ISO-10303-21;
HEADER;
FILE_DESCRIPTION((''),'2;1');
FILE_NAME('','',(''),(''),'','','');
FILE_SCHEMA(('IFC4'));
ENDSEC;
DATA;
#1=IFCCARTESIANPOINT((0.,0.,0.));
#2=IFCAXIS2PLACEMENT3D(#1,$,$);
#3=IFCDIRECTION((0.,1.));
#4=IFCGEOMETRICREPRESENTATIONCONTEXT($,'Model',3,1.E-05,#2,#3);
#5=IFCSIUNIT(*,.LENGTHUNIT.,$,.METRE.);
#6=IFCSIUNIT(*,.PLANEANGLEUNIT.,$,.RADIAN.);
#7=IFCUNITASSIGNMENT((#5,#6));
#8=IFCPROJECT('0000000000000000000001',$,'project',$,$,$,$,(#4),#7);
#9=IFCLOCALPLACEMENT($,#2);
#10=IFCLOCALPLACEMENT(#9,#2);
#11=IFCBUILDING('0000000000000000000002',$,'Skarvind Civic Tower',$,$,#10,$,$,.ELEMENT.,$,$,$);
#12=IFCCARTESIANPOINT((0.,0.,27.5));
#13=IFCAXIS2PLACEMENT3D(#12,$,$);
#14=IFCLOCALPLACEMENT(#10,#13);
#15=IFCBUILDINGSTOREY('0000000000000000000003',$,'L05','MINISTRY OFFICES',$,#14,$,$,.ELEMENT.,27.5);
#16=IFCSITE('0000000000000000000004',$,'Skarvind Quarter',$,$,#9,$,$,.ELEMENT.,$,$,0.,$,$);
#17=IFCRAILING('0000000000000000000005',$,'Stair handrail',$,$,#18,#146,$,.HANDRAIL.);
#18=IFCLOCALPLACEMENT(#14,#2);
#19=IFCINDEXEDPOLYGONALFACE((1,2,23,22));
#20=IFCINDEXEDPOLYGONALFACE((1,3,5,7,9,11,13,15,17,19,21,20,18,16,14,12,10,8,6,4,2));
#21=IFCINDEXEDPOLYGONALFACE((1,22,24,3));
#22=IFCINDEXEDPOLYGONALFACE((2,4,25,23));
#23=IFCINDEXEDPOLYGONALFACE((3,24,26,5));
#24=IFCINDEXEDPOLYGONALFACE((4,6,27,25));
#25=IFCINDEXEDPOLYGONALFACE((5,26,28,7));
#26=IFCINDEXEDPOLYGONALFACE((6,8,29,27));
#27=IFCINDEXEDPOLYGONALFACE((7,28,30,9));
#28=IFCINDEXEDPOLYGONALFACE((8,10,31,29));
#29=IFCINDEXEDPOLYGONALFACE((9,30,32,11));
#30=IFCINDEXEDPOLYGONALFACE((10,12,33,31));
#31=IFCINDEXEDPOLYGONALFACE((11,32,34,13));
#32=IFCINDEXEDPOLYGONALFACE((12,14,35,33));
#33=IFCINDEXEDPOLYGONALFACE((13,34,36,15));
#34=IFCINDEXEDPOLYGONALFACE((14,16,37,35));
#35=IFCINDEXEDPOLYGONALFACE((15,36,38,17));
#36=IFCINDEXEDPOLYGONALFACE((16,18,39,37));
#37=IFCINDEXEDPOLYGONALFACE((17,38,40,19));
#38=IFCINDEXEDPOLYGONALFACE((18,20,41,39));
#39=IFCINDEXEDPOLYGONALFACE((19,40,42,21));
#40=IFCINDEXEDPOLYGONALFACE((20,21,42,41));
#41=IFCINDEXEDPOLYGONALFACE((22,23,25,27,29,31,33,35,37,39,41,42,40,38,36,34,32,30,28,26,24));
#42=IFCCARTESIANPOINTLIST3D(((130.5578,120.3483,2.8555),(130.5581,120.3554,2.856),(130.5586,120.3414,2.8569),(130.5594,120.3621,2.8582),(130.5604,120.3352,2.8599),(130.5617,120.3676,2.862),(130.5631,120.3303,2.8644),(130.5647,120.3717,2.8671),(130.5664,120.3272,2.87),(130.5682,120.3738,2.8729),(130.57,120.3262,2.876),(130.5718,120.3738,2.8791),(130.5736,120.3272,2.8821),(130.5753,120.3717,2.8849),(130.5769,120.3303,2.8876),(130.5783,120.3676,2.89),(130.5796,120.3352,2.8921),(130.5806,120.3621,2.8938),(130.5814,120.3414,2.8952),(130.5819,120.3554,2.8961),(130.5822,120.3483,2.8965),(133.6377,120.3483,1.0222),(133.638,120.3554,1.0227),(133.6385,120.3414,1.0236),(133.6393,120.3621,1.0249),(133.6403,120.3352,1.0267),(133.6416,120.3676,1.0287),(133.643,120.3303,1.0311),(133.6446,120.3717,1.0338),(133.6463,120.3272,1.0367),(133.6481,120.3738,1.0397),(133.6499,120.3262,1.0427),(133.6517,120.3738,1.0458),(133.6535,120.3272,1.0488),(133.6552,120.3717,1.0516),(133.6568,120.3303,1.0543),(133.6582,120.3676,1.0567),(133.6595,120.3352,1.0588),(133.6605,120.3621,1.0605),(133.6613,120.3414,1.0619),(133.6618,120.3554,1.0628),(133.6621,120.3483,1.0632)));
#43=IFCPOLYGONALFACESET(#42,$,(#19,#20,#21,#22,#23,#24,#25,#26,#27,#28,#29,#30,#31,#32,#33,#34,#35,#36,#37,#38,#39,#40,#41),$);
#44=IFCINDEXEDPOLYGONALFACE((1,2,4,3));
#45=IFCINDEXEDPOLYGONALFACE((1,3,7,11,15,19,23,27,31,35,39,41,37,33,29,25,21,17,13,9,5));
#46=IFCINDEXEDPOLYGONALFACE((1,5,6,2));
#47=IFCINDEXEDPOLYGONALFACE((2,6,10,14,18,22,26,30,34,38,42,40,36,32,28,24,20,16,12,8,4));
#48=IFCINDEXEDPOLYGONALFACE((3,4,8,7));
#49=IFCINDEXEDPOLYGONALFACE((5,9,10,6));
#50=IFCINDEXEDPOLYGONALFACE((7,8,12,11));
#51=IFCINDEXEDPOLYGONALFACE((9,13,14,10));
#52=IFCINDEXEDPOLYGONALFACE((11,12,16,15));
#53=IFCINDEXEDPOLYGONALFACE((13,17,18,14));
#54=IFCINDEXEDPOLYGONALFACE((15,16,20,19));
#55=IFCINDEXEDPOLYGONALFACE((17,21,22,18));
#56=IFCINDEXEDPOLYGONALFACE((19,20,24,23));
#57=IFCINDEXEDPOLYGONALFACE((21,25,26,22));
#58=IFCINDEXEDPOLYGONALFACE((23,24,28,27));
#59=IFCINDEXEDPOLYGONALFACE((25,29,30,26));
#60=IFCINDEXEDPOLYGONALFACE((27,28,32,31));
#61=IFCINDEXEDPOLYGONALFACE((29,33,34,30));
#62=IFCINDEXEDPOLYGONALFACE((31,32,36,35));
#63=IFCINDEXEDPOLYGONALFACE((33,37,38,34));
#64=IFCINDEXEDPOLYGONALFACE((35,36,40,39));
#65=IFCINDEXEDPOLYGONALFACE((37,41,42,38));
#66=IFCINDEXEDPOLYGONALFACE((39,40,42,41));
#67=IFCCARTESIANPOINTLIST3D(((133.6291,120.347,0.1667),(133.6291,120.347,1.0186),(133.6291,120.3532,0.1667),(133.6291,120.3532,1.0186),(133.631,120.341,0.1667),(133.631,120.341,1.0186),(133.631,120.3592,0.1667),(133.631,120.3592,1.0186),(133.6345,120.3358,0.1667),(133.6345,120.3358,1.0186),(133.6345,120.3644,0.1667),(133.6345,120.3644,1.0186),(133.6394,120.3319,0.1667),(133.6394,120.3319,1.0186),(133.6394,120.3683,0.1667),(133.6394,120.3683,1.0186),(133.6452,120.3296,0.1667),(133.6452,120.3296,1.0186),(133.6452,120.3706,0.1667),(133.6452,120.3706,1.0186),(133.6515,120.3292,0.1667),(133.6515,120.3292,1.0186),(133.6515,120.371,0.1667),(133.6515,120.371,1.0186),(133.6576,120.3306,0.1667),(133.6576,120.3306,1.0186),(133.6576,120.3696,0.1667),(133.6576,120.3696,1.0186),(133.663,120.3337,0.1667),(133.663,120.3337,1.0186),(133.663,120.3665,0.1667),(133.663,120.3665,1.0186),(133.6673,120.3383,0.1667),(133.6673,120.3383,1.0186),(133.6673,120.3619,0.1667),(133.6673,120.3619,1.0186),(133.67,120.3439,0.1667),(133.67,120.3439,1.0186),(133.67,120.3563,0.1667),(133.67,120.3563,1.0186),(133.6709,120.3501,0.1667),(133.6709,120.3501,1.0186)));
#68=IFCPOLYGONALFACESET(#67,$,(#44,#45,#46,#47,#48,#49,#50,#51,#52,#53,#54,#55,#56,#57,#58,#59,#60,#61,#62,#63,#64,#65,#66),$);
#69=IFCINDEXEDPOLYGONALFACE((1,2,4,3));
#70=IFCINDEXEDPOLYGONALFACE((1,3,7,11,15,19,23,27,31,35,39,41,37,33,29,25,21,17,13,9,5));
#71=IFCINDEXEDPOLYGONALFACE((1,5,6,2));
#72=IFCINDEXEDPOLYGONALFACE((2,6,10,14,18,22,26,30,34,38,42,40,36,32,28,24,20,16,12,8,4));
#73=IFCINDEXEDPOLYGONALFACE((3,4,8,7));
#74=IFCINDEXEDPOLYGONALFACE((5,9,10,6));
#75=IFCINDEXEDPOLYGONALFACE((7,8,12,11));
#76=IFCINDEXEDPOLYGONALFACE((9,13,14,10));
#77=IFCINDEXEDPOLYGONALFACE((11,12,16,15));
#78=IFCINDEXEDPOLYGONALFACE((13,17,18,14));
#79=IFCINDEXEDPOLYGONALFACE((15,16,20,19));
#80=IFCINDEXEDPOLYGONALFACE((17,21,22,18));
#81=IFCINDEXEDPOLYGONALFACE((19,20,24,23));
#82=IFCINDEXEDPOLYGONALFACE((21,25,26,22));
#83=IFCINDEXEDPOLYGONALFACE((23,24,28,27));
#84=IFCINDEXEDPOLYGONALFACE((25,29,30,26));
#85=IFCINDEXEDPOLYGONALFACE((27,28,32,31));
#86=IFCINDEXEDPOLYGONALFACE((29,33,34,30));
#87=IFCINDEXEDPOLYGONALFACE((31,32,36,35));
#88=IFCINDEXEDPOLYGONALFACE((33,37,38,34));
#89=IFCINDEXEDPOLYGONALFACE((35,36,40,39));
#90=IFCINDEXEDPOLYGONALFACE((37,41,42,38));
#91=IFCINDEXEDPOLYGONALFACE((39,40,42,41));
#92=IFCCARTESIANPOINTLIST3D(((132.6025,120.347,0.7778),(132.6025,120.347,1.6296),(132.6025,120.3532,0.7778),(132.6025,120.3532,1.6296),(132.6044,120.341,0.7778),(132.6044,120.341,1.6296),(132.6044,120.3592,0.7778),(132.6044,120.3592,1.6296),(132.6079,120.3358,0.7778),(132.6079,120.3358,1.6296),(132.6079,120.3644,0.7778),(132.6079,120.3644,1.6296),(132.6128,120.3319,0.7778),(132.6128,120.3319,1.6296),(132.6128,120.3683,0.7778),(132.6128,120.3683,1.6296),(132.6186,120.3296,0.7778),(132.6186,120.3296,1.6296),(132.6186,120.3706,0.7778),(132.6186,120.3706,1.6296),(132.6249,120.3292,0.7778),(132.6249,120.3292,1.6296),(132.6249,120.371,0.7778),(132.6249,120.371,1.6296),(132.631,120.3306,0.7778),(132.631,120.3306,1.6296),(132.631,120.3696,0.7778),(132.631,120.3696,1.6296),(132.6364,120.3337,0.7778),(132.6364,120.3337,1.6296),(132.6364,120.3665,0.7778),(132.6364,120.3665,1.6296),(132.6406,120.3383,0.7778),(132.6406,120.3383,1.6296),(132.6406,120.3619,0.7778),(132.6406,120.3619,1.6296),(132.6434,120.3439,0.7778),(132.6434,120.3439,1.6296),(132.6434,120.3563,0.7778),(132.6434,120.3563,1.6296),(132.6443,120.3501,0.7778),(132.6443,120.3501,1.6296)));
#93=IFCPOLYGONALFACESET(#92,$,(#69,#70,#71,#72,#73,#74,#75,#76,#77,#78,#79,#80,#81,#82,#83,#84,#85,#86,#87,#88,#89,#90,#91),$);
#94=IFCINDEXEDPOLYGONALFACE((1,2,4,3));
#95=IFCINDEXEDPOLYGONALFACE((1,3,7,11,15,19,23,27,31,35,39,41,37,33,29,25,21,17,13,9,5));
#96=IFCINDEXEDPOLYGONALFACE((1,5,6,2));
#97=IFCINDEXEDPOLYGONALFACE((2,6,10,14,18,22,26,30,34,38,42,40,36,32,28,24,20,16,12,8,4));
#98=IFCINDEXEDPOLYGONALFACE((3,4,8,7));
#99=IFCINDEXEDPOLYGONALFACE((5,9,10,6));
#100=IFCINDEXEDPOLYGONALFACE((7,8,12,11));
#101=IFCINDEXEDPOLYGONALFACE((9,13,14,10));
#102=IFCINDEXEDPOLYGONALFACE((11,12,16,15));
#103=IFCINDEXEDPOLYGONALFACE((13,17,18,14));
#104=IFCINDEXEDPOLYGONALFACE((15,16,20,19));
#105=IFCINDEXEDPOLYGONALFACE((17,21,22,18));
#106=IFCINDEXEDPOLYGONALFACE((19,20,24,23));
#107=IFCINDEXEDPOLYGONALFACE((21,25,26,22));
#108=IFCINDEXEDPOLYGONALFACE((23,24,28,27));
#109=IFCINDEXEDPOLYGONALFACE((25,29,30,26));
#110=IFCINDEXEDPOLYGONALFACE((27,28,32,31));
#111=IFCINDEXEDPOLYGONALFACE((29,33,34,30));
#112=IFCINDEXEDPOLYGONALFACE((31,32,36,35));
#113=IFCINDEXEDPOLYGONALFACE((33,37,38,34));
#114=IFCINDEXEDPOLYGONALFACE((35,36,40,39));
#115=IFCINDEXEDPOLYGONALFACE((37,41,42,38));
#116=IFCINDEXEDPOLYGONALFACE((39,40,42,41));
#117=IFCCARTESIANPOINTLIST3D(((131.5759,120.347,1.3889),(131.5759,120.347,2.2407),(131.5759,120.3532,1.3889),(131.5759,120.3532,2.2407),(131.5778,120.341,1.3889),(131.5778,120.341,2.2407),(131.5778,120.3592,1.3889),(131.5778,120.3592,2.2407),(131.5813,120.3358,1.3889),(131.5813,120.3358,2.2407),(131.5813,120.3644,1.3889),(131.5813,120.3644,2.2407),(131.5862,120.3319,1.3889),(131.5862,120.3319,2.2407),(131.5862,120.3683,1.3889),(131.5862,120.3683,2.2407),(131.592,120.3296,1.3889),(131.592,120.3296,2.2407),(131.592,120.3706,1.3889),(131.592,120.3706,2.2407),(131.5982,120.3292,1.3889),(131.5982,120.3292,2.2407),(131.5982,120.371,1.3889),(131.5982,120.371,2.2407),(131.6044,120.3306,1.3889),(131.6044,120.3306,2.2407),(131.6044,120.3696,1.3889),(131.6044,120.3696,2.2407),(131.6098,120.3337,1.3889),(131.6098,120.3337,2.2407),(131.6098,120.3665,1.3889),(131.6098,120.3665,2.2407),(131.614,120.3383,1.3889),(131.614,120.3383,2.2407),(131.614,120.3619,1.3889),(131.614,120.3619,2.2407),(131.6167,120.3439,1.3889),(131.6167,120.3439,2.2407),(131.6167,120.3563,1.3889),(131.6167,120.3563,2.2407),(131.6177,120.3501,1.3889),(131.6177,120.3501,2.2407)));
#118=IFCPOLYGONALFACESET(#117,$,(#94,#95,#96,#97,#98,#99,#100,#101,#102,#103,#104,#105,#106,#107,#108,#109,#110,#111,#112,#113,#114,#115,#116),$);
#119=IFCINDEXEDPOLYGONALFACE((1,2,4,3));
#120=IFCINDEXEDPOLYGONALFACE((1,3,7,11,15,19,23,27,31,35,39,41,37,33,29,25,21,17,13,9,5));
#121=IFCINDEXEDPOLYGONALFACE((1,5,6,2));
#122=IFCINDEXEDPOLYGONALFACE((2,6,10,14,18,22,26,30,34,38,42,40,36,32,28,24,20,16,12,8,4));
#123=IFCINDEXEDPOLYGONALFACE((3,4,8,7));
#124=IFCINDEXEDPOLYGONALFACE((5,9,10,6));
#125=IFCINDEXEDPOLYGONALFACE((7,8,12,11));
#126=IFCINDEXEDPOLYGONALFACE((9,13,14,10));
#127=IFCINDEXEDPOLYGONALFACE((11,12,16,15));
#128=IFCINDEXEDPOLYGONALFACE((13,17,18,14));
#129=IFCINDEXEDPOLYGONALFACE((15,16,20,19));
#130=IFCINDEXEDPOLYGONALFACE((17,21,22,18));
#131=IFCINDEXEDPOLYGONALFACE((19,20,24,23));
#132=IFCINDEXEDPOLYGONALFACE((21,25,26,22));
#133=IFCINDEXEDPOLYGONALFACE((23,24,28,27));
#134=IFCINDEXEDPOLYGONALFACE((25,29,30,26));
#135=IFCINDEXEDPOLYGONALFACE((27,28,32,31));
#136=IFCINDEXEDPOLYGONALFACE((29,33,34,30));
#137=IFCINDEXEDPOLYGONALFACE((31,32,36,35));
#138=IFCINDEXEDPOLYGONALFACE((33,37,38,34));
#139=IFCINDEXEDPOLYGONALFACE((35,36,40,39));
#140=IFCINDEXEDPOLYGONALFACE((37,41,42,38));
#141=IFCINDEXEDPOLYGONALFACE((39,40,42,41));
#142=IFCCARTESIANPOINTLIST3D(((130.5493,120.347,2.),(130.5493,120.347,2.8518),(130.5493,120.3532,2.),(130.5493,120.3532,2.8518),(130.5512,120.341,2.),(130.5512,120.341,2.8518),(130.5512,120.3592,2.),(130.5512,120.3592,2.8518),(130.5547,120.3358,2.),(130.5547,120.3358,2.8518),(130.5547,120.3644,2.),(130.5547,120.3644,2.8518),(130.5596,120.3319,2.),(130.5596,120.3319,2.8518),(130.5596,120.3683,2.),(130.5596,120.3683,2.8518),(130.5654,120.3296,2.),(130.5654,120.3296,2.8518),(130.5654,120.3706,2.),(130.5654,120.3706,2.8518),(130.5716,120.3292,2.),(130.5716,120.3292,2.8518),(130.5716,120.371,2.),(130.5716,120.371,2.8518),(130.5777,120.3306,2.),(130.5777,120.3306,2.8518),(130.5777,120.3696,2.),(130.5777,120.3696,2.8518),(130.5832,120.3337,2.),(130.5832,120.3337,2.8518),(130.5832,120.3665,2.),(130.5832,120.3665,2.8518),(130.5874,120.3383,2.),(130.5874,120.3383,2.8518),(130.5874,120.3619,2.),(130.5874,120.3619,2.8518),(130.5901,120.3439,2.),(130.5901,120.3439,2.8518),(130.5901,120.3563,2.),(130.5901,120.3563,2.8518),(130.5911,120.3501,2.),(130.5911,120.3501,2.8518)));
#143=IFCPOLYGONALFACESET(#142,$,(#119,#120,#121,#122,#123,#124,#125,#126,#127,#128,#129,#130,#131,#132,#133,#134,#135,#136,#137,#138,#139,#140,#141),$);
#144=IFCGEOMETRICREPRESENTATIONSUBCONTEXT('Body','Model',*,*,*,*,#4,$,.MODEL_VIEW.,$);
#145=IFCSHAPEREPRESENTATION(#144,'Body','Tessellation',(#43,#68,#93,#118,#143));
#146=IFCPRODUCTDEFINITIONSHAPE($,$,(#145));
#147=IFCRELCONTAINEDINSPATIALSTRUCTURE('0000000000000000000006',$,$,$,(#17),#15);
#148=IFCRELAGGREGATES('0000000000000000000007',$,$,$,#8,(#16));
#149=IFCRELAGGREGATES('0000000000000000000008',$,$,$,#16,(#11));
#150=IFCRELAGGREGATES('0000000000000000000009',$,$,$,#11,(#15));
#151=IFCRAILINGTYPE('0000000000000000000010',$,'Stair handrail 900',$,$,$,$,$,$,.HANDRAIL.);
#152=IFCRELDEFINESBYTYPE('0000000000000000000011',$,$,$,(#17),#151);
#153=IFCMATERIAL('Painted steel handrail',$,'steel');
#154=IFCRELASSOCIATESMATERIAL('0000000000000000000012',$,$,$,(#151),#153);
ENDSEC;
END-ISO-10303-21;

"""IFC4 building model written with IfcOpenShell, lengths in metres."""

from ifc_helpers import new_model, si_unit, direction, frame, origin, origin_2d, place, context, subcontext, project, spatial, circle, extrude, material, type_object, element, save


model = new_model("IFC4")

# Units and contexts
model_context = context("Model", 3, precision=1e-05, world=origin(), true_north=direction((0.0, 1.0)))
body_context = subcontext(model_context, "Body", "Model", "MODEL_VIEW")
ifc_project = project(units=[si_unit("LENGTHUNIT", "METRE"), si_unit("PLANEANGLEUNIT", "RADIAN")], contexts=[model_context])

# Site, building, storey
site_placement = place(None, origin())
site = spatial("IfcSite", under=ifc_project, at=site_placement, Name="Skarvind Quarter", CompositionType="ELEMENT", RefElevation=0.0)
building_placement = place(site_placement, origin())
building = spatial("IfcBuilding", under=site, at=building_placement, Name="Skarvind Civic Tower", CompositionType="ELEMENT")
storey_placement = place(building_placement, frame((0.0, 0.0, 27.5)))
storey = spatial("IfcBuildingStorey", under=building, at=storey_placement, Name="L05", Description="MINISTRY OFFICES", CompositionType="ELEMENT", Elevation=27.5)

# Railing
ifc_material_1 = material(Name="Painted steel handrail", Category="steel")
railing_type_1 = type_object("IfcRailingType", Name="Stair handrail 900", PredefinedType="HANDRAIL", material=ifc_material_1)
railing_1_placement = place(storey_placement, frame((133.6499, 120.3501, 0.1667)))
element("IfcRailing", 1, at=railing_1_placement, inside=storey, type_object=railing_type_1, Name="Stair handrail", PredefinedType="HANDRAIL", context=body_context, shape_type="SweptSolid", body=[
    extrude(circle(Radius=0.0239, at=origin_2d()), frame((0.0, 0.0, 0.876), z_axis=(-0.859291, 0.0, 0.511487), x_axis=(0.0, -1.0, 0.0)), (0.0, 0.0, 1.0), 3.5842),
    extrude(circle(Radius=0.021, at=origin_2d()), origin(), (0.0, 0.0, 1.0), 0.8518),
    extrude(circle(Radius=0.021, at=origin_2d()), frame((-1.0266, 0.0, 0.6111)), (0.0, 0.0, 1.0), 0.8518),
    extrude(circle(Radius=0.021, at=origin_2d()), frame((-2.0532, 0.0, 1.2222)), (0.0, 0.0, 1.0), 0.8518),
    extrude(circle(Radius=0.021, at=origin_2d()), frame((-3.0798, 0.0, 1.8333)), (0.0, 0.0, 1.0), 0.8518),
])

save(model, "model.ifc")
